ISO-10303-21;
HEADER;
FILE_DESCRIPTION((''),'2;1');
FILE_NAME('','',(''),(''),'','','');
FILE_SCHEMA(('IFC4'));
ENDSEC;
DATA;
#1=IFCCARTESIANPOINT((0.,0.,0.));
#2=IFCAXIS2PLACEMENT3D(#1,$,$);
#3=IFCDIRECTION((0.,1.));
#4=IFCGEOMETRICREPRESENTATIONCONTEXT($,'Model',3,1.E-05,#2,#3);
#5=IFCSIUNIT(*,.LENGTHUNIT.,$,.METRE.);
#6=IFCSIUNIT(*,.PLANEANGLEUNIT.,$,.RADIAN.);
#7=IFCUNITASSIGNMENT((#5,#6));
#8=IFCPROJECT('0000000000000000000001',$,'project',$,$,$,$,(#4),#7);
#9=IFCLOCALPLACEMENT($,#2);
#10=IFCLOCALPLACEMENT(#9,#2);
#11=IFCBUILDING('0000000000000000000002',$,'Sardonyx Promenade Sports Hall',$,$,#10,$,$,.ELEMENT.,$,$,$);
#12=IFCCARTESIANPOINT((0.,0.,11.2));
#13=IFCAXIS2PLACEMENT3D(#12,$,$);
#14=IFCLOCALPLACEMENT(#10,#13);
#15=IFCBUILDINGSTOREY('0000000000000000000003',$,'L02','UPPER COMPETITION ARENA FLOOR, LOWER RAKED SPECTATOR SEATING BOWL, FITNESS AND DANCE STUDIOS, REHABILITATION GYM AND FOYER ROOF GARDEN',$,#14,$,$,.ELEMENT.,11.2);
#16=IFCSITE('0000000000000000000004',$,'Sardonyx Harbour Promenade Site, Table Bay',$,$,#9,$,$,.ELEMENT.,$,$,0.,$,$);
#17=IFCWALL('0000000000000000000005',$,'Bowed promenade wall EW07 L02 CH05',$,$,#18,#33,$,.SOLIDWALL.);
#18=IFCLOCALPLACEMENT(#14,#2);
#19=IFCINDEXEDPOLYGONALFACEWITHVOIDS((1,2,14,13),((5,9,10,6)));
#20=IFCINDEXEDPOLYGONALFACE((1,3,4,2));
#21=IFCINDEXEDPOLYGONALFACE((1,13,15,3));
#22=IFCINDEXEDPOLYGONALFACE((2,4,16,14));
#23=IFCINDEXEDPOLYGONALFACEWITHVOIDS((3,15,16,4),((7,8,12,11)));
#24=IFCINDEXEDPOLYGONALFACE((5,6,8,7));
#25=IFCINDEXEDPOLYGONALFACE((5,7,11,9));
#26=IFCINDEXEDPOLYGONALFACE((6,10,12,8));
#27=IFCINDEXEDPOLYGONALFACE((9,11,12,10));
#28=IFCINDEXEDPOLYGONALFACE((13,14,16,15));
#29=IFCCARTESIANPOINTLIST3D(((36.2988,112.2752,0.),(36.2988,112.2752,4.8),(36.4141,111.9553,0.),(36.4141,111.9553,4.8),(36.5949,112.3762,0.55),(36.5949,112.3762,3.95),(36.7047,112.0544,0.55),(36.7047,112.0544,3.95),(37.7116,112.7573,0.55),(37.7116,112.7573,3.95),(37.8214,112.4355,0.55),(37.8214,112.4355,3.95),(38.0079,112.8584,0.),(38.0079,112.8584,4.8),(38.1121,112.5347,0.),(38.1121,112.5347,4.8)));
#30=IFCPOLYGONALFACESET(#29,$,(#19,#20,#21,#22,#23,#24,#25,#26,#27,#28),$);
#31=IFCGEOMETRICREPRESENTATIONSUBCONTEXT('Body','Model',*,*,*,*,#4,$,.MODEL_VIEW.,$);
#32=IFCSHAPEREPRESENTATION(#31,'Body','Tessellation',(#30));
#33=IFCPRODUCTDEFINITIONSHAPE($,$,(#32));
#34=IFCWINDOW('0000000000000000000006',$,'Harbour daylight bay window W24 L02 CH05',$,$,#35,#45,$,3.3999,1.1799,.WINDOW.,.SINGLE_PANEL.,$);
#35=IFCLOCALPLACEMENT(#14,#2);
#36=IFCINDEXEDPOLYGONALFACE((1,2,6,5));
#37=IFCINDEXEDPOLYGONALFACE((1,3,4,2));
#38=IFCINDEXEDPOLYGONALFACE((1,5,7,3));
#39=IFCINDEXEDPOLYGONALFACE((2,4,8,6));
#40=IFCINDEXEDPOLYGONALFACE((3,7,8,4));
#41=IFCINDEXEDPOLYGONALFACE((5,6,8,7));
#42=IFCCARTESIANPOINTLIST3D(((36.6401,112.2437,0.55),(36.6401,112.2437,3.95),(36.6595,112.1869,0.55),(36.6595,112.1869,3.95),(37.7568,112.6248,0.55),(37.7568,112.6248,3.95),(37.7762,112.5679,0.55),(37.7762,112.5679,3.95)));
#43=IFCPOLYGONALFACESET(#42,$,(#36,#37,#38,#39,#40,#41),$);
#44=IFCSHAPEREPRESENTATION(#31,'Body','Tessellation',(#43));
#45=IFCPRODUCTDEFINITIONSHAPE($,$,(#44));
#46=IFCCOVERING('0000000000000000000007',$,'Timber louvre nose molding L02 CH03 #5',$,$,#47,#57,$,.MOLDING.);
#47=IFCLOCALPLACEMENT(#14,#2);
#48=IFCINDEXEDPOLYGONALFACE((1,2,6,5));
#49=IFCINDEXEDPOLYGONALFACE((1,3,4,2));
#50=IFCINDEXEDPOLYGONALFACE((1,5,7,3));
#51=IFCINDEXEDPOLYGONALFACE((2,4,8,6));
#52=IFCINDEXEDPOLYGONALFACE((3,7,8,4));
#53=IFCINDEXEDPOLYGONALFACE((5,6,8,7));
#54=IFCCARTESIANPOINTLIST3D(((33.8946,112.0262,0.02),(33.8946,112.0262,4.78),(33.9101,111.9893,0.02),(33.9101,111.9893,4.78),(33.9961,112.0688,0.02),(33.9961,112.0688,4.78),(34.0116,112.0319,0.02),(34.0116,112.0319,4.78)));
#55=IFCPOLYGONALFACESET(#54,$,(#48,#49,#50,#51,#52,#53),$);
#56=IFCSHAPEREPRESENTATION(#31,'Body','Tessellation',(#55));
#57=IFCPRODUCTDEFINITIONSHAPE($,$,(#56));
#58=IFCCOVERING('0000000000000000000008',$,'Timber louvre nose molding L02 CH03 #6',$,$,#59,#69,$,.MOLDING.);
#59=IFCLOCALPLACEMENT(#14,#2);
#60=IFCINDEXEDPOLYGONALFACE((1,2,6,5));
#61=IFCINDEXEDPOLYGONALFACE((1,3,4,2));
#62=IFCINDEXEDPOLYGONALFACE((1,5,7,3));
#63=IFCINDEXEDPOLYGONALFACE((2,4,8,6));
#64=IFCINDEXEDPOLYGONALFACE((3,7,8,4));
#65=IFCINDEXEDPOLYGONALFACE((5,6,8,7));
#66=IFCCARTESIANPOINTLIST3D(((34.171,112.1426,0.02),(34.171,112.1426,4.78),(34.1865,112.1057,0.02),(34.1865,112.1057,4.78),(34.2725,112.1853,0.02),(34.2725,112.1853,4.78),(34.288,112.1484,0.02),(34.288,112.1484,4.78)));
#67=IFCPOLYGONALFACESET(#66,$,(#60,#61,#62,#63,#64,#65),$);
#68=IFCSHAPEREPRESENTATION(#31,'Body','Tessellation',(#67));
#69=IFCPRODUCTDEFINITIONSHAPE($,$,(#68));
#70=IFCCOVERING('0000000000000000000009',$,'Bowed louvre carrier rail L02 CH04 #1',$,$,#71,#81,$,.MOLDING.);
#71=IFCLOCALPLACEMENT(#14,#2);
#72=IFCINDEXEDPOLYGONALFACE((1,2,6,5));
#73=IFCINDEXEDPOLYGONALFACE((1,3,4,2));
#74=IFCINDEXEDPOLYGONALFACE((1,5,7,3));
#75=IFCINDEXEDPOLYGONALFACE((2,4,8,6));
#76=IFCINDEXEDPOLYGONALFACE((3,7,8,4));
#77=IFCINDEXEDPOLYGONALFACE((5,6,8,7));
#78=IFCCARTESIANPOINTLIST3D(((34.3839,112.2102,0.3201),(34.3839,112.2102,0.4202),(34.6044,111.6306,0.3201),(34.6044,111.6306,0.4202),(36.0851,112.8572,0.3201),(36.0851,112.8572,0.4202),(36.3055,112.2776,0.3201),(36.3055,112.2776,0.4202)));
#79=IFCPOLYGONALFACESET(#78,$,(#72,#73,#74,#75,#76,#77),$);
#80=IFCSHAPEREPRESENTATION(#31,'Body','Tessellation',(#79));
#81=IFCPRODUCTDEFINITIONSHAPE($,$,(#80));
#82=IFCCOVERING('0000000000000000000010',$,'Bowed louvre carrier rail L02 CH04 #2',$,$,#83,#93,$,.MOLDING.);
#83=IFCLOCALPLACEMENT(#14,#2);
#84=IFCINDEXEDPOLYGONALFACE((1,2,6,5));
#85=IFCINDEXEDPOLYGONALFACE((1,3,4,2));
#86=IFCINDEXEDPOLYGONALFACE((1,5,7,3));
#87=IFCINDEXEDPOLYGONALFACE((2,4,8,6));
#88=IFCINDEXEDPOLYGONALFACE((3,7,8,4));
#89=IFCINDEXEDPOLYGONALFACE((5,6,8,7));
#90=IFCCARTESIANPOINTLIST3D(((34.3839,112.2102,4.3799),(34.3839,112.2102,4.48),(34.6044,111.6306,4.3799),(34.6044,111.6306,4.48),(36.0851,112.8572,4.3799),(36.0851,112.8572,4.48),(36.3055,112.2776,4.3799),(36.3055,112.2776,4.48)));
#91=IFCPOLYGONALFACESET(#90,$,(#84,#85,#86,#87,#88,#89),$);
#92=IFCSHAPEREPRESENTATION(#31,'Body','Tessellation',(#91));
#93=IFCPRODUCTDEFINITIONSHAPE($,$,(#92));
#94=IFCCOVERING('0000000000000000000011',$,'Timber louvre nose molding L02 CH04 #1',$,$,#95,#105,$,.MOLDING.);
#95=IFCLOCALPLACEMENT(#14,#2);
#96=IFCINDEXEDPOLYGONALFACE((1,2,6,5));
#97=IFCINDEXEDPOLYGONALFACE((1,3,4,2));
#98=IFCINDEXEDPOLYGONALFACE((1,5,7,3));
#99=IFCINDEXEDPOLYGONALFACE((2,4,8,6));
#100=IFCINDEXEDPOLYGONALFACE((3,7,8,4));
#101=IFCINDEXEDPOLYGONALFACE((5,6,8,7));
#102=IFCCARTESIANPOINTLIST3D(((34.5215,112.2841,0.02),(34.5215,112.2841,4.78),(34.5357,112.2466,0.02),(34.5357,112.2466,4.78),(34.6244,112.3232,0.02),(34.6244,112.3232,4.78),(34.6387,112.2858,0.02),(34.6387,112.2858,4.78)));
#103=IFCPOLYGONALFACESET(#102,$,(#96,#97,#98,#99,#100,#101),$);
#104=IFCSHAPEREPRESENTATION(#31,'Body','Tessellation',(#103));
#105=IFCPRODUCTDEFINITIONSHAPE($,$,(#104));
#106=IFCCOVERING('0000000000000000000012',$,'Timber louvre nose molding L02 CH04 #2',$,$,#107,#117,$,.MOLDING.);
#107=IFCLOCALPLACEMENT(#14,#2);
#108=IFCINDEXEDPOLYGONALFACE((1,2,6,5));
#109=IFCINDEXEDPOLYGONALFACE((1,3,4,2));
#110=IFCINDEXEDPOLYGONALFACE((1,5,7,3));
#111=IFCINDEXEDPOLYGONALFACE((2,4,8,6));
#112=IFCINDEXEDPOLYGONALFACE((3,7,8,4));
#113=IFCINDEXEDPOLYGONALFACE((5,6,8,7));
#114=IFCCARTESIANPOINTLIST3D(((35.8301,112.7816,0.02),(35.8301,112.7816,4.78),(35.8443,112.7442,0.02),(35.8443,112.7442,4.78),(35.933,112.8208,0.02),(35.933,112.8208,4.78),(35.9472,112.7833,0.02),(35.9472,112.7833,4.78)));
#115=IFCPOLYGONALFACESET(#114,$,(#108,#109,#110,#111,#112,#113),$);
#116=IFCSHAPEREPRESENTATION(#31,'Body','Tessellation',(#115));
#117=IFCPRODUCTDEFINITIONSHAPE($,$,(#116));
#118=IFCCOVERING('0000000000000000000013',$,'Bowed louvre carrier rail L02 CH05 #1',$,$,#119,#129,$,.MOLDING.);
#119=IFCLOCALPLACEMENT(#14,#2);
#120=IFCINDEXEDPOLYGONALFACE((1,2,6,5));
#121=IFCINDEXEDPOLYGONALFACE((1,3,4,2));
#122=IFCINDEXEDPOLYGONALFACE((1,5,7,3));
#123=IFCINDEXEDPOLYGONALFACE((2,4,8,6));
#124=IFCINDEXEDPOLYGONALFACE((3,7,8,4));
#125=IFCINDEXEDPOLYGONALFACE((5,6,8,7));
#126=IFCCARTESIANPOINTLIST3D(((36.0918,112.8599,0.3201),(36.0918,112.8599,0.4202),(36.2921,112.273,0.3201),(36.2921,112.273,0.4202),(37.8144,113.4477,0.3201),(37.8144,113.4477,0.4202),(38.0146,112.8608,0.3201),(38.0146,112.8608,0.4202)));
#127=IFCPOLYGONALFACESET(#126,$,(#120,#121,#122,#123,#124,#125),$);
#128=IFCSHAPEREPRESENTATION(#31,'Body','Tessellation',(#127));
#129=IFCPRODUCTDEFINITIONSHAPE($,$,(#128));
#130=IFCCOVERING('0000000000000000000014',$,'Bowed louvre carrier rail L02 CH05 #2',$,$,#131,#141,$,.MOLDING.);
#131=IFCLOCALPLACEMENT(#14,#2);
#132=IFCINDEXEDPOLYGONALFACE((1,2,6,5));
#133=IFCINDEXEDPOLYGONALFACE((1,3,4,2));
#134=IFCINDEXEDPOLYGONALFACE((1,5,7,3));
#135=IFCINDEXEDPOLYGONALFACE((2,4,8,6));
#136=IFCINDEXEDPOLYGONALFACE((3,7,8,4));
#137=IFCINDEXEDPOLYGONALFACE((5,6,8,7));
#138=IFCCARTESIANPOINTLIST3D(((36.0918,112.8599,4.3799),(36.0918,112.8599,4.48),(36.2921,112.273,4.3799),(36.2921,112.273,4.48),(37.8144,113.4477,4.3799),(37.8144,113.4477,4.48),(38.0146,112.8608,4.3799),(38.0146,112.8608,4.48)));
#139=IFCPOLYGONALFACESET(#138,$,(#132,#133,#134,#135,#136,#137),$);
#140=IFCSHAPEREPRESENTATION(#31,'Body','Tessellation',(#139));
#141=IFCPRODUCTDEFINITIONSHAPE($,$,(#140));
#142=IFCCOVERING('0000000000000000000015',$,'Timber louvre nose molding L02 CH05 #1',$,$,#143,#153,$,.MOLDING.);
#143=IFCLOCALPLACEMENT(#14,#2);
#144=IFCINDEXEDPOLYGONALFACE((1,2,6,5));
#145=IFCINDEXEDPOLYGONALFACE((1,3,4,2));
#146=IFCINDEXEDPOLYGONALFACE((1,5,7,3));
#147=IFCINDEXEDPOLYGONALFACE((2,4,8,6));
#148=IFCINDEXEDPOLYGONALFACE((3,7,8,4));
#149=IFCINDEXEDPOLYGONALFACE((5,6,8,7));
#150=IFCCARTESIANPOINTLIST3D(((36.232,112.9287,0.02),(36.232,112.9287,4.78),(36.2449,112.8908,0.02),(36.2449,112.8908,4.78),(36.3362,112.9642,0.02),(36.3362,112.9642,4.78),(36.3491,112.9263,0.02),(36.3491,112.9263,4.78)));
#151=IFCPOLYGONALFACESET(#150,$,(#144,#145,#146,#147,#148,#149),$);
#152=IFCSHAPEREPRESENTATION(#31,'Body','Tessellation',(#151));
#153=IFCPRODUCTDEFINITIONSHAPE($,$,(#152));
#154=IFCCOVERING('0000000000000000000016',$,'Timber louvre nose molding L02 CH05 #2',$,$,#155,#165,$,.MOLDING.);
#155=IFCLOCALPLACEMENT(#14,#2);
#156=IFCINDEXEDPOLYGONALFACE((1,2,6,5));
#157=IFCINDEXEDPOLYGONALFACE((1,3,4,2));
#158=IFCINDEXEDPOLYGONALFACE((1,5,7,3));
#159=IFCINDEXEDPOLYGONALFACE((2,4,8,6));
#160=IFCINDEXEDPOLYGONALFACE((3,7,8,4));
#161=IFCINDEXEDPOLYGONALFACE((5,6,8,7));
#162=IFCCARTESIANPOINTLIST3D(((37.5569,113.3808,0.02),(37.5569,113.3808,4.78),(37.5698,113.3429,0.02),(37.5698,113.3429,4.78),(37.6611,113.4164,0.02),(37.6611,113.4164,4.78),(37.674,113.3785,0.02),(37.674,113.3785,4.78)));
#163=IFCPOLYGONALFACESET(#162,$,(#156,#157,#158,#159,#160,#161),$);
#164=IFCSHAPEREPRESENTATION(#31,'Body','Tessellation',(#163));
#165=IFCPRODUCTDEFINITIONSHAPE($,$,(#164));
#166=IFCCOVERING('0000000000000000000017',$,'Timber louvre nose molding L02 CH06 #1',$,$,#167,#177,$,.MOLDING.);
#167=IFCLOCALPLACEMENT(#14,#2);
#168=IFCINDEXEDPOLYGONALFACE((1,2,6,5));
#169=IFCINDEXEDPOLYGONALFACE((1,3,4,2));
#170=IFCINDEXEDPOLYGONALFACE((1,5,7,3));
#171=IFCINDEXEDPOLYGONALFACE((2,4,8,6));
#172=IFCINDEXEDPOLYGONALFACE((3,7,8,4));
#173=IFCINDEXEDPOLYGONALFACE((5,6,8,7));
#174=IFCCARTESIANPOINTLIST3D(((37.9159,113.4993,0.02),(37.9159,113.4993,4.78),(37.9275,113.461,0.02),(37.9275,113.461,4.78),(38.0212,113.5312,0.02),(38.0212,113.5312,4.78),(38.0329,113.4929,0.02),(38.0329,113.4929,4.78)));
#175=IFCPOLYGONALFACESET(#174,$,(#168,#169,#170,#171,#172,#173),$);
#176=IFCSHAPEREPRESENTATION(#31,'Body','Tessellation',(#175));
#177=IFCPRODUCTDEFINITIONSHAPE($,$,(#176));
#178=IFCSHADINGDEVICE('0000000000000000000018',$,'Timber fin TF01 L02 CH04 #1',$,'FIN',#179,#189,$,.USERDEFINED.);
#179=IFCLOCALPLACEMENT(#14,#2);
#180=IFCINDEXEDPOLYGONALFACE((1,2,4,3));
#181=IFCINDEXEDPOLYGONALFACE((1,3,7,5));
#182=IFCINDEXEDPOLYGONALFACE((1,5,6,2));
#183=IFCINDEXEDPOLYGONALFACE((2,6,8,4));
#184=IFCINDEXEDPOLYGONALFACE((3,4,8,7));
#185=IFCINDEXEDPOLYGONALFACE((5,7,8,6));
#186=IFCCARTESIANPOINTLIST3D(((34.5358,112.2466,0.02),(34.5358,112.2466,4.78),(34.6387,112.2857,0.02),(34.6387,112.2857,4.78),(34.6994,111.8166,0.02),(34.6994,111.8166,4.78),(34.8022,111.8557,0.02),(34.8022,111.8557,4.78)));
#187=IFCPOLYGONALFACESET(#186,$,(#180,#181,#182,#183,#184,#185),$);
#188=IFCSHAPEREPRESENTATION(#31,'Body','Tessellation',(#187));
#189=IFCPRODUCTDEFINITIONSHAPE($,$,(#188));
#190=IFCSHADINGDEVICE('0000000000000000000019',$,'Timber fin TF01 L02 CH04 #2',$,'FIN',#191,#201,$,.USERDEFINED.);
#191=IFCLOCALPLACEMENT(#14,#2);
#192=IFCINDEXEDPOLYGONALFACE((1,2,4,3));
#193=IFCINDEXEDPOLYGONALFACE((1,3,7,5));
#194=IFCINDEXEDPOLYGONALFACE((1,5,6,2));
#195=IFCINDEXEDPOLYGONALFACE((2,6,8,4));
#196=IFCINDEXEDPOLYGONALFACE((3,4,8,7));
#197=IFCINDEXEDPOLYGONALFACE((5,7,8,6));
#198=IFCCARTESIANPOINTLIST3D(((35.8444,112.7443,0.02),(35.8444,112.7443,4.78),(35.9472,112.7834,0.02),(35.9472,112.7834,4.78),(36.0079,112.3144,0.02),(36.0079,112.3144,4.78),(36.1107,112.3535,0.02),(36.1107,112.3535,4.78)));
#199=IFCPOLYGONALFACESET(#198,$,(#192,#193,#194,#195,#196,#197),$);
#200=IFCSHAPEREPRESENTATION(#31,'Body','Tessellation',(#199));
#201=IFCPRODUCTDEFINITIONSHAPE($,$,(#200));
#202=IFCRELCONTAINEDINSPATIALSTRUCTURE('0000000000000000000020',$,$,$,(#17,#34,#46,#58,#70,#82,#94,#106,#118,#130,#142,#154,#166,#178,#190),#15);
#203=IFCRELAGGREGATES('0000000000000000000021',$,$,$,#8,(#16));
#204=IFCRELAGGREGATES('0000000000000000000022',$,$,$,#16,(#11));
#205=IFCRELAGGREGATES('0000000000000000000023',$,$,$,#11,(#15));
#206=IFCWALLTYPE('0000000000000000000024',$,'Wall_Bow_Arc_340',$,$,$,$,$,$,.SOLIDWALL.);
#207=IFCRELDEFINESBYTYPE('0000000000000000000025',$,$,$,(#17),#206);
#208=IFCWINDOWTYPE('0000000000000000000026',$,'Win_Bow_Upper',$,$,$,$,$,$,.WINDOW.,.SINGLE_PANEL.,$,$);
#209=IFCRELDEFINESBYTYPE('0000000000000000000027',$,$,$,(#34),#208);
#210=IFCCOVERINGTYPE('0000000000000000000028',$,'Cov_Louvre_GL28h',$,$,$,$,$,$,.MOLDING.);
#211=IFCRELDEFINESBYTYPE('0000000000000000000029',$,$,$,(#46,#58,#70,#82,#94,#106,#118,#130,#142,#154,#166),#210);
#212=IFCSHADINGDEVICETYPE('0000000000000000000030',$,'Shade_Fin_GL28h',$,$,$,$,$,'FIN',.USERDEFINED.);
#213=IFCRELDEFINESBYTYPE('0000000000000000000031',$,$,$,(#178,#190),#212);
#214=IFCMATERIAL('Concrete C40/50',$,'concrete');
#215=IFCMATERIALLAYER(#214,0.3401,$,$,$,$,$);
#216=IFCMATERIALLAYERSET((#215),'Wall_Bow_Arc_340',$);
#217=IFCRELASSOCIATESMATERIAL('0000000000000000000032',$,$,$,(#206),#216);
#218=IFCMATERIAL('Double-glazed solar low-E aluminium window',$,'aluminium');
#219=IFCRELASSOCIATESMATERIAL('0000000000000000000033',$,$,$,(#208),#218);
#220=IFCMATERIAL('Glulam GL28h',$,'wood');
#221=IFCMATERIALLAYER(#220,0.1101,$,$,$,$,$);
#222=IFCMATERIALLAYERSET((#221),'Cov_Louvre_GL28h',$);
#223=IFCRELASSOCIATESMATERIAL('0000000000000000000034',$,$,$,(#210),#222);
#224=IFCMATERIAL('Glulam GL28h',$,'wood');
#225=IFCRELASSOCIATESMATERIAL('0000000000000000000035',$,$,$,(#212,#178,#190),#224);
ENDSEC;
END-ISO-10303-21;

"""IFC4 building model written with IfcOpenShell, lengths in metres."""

from ifc_helpers import new_model, si_unit, direction, frame, frame_2d, origin, origin_2d, place, context, subcontext, project, spatial, polyline, rectangle, outline, extrude, material, layer, layer_set, type_object, element, fill, save


model = new_model("IFC4")

# Units and contexts
model_context = context("Model", 3, precision=1e-05, world=origin(), true_north=direction((0.0, 1.0)))
body_context = subcontext(model_context, "Body", "Model", "MODEL_VIEW")
ifc_project = project(units=[si_unit("LENGTHUNIT", "METRE"), si_unit("PLANEANGLEUNIT", "RADIAN")], contexts=[model_context])

# Site, building, storey
site_placement = place(None, origin())
site = spatial("IfcSite", under=ifc_project, at=site_placement, Name="Sardonyx Harbour Promenade Site, Table Bay", CompositionType="ELEMENT", RefElevation=0.0)
building_placement = place(site_placement, origin())
building = spatial("IfcBuilding", under=site, at=building_placement, Name="Sardonyx Promenade Sports Hall", CompositionType="ELEMENT")
storey_placement = place(building_placement, frame((0.0, 0.0, 11.2)))
storey = spatial("IfcBuildingStorey", under=building, at=storey_placement, Name="L02", Description="UPPER COMPETITION ARENA FLOOR, LOWER RAKED SPECTATOR SEATING BOWL, FITNESS AND DANCE STUDIOS, REHABILITATION GYM AND FOYER ROOF GARDEN", CompositionType="ELEMENT", Elevation=11.2)

# Wall, opening, window
ifc_material_1 = material(Name="Concrete C40/50", Category="concrete")
ifc_layer_1 = layer(ifc_material_1, 0.3401)
ifc_layer_set_1 = layer_set([ifc_layer_1], Name="Wall_Bow_Arc_340")
wall_type = type_object("IfcWallType", Name="Wall_Bow_Arc_340", PredefinedType="SOLIDWALL", material=ifc_layer_set_1)
wall_placement = place(storey_placement, frame((36.3564, 112.1152, 0.0), z_axis=(0.0, 0.0, 1.0), x_axis=(0.946422, 0.322934, 0.0)))
wall = element("IfcWall", 1, at=wall_placement, inside=storey, type_object=wall_type, Name="Bowed promenade wall EW07 L02 CH05", PredefinedType="SOLIDWALL", context=body_context, shape_type="SweptSolid", body=[
    extrude(outline(polyline([(0.0029, -0.17), (1.7971, -0.17), (1.8029, 0.17), (-0.0029, 0.17), (0.0029, -0.17)])), origin(), (0.0, 0.0, 1.0), 4.8),
])
opening_placement = place(wall_placement, frame((0.3101, 0.0, 0.55)))
opening = element("IfcOpeningElement", 2, at=opening_placement, cuts=wall, PredefinedType="OPENING", context=body_context, shape_type="SweptSolid", body=[
    extrude(rectangle(XDim=1.1799, YDim=3.3999, at=frame_2d((0.5898, 1.7))), frame((0.0, 0.18, 0.0), z_axis=(0.0, -1.0, 0.0), x_axis=(1.0, 0.0, 0.0)), (0.0, 0.0, 1.0), 0.36),
])
ifc_material_2 = material(Name="Double-glazed solar low-E aluminium window", Category="aluminium")
window_type = type_object("IfcWindowType", Name="Win_Bow_Upper", PartitioningType="SINGLE_PANEL", PredefinedType="WINDOW", material=ifc_material_2)
window_placement = place(opening_placement, origin())
window = element("IfcWindow", 3, at=window_placement, inside=storey, type_object=window_type, Name="Harbour daylight bay window W24 L02 CH05", OverallHeight=3.3999, OverallWidth=1.1799, PartitioningType="SINGLE_PANEL", PredefinedType="WINDOW", context=body_context, shape_type="SweptSolid", body=[
    extrude(rectangle(XDim=1.1799, YDim=3.3999, at=frame_2d((0.5898, 1.7))), frame((0.0, 0.03, 0.0), z_axis=(0.0, -1.0, 0.0), x_axis=(1.0, 0.0, 0.0)), (0.0, 0.0, 1.0), 0.0601),
])
fill(opening, window)

# Coverings
ifc_material_3 = material(Name="Glulam GL28h", Category="wood")
ifc_layer_2 = layer(ifc_material_3, 0.1101)
ifc_layer_set_2 = layer_set([ifc_layer_2], Name="Cov_Louvre_GL28h")
covering_type = type_object("IfcCoveringType", Name="Cov_Louvre_GL28h", PredefinedType="MOLDING", material=ifc_layer_set_2)
for number, where, z_axis, x_axis, name in (
    (4, (33.9531, 112.0291, 0.02), (0.0, 0.0, 1.0), (0.9218, 0.387665, 0.0), "Timber louvre nose molding L02 CH03 #5"),
    (5, (34.2295, 112.1455, 0.02), (0.0, 0.0, 1.0), (0.9218, 0.387665, 0.0), "Timber louvre nose molding L02 CH03 #6"),
):
    element("IfcCovering", number, at=place(storey_placement, frame(where, z_axis=z_axis, x_axis=x_axis)), inside=storey, type_object=covering_type, Name=name, PredefinedType="MOLDING", context=body_context, shape_type="SweptSolid", body=[
        extrude(rectangle(XDim=0.1101, YDim=0.04, at=origin_2d()), origin(), (0.0, 0.0, 1.0), 4.76),
    ])
for number, where, z_axis, x_axis, name in (
    (6, (35.3447, 112.2439, 0.3201), (0.0, 0.0, 1.0), (0.934666, 0.355528, 0.0), "Bowed louvre carrier rail L02 CH04 #1"),
    (7, (35.3447, 112.2439, 4.3799), (0.0, 0.0, 1.0), (0.934666, 0.355528, 0.0), "Bowed louvre carrier rail L02 CH04 #2"),
):
    element("IfcCovering", number, at=place(storey_placement, frame(where, z_axis=z_axis, x_axis=x_axis)), inside=storey, type_object=covering_type, Name=name, PredefinedType="MOLDING", context=body_context, shape_type="SweptSolid", body=[
        extrude(rectangle(XDim=1.8201, YDim=0.6201, at=origin_2d()), origin(), (0.0, 0.0, 1.0), 0.1001),
    ])
for number, where, z_axis, x_axis, name in (
    (8, (34.5801, 112.2849, 0.02), (0.0, 0.0, 1.0), (0.934666, 0.355528, 0.0), "Timber louvre nose molding L02 CH04 #1"),
    (9, (35.8887, 112.7825, 0.02), (0.0, 0.0, 1.0), (0.934666, 0.355528, 0.0), "Timber louvre nose molding L02 CH04 #2"),
):
    element("IfcCovering", number, at=place(storey_placement, frame(where, z_axis=z_axis, x_axis=x_axis)), inside=storey, type_object=covering_type, Name=name, PredefinedType="MOLDING", context=body_context, shape_type="SweptSolid", body=[
        extrude(rectangle(XDim=0.1101, YDim=0.04, at=origin_2d()), origin(), (0.0, 0.0, 1.0), 4.76),
    ])
for number, where, z_axis, x_axis, name in (
    (10, (37.0532, 112.8604, 0.3201), (0.0, 0.0, 1.0), (0.946411, 0.322966, 0.0), "Bowed louvre carrier rail L02 CH05 #1"),
    (11, (37.0532, 112.8604, 4.3799), (0.0, 0.0, 1.0), (0.946411, 0.322966, 0.0), "Bowed louvre carrier rail L02 CH05 #2"),
):
    element("IfcCovering", number, at=place(storey_placement, frame(where, z_axis=z_axis, x_axis=x_axis)), inside=storey, type_object=covering_type, Name=name, PredefinedType="MOLDING", context=body_context, shape_type="SweptSolid", body=[
        extrude(rectangle(XDim=1.8201, YDim=0.6201, at=origin_2d()), origin(), (0.0, 0.0, 1.0), 0.1001),
    ])
for number, where, z_axis, x_axis, name in (
    (12, (36.2905, 112.9275, 0.02), (0.0, 0.0, 1.0), (0.946411, 0.322966, 0.0), "Timber louvre nose molding L02 CH05 #1"),
    (13, (37.6155, 113.3796, 0.02), (0.0, 0.0, 1.0), (0.946411, 0.322966, 0.0), "Timber louvre nose molding L02 CH05 #2"),
    (14, (37.9744, 113.4961, 0.02), (0.0, 0.0, 1.0), (0.957021, 0.290017, 0.0), "Timber louvre nose molding L02 CH06 #1"),
):
    element("IfcCovering", number, at=place(storey_placement, frame(where, z_axis=z_axis, x_axis=x_axis)), inside=storey, type_object=covering_type, Name=name, PredefinedType="MOLDING", context=body_context, shape_type="SweptSolid", body=[
        extrude(rectangle(XDim=0.1101, YDim=0.04, at=origin_2d()), origin(), (0.0, 0.0, 1.0), 4.76),
    ])

# Shading devices
ifc_material_4 = material(Name="Glulam GL28h", Category="wood")
shading_device_type = type_object("IfcShadingDeviceType", Name="Shade_Fin_GL28h", ElementType="FIN", PredefinedType="USERDEFINED", material=ifc_material_4)
for number, where, z_axis, x_axis, name in (
    (15, (34.669, 112.0512, 0.02), (0.0, 0.0, 1.0), (0.934666, 0.355528, 0.0), "Timber fin TF01 L02 CH04 #1"),
    (16, (35.9776, 112.5489, 0.02), (0.0, 0.0, 1.0), (0.934666, 0.355528, 0.0), "Timber fin TF01 L02 CH04 #2"),
):
    element("IfcShadingDevice", number, at=place(storey_placement, frame(where, z_axis=z_axis, x_axis=x_axis)), inside=storey, type_object=shading_device_type, material=ifc_material_4, Name=name, ObjectType="FIN", PredefinedType="USERDEFINED", context=body_context, shape_type="SweptSolid", body=[
        extrude(rectangle(XDim=0.11, YDim=0.46), origin(), (0.0, 0.0, 1.0), 4.76),
    ])

save(model, "model.ifc")
